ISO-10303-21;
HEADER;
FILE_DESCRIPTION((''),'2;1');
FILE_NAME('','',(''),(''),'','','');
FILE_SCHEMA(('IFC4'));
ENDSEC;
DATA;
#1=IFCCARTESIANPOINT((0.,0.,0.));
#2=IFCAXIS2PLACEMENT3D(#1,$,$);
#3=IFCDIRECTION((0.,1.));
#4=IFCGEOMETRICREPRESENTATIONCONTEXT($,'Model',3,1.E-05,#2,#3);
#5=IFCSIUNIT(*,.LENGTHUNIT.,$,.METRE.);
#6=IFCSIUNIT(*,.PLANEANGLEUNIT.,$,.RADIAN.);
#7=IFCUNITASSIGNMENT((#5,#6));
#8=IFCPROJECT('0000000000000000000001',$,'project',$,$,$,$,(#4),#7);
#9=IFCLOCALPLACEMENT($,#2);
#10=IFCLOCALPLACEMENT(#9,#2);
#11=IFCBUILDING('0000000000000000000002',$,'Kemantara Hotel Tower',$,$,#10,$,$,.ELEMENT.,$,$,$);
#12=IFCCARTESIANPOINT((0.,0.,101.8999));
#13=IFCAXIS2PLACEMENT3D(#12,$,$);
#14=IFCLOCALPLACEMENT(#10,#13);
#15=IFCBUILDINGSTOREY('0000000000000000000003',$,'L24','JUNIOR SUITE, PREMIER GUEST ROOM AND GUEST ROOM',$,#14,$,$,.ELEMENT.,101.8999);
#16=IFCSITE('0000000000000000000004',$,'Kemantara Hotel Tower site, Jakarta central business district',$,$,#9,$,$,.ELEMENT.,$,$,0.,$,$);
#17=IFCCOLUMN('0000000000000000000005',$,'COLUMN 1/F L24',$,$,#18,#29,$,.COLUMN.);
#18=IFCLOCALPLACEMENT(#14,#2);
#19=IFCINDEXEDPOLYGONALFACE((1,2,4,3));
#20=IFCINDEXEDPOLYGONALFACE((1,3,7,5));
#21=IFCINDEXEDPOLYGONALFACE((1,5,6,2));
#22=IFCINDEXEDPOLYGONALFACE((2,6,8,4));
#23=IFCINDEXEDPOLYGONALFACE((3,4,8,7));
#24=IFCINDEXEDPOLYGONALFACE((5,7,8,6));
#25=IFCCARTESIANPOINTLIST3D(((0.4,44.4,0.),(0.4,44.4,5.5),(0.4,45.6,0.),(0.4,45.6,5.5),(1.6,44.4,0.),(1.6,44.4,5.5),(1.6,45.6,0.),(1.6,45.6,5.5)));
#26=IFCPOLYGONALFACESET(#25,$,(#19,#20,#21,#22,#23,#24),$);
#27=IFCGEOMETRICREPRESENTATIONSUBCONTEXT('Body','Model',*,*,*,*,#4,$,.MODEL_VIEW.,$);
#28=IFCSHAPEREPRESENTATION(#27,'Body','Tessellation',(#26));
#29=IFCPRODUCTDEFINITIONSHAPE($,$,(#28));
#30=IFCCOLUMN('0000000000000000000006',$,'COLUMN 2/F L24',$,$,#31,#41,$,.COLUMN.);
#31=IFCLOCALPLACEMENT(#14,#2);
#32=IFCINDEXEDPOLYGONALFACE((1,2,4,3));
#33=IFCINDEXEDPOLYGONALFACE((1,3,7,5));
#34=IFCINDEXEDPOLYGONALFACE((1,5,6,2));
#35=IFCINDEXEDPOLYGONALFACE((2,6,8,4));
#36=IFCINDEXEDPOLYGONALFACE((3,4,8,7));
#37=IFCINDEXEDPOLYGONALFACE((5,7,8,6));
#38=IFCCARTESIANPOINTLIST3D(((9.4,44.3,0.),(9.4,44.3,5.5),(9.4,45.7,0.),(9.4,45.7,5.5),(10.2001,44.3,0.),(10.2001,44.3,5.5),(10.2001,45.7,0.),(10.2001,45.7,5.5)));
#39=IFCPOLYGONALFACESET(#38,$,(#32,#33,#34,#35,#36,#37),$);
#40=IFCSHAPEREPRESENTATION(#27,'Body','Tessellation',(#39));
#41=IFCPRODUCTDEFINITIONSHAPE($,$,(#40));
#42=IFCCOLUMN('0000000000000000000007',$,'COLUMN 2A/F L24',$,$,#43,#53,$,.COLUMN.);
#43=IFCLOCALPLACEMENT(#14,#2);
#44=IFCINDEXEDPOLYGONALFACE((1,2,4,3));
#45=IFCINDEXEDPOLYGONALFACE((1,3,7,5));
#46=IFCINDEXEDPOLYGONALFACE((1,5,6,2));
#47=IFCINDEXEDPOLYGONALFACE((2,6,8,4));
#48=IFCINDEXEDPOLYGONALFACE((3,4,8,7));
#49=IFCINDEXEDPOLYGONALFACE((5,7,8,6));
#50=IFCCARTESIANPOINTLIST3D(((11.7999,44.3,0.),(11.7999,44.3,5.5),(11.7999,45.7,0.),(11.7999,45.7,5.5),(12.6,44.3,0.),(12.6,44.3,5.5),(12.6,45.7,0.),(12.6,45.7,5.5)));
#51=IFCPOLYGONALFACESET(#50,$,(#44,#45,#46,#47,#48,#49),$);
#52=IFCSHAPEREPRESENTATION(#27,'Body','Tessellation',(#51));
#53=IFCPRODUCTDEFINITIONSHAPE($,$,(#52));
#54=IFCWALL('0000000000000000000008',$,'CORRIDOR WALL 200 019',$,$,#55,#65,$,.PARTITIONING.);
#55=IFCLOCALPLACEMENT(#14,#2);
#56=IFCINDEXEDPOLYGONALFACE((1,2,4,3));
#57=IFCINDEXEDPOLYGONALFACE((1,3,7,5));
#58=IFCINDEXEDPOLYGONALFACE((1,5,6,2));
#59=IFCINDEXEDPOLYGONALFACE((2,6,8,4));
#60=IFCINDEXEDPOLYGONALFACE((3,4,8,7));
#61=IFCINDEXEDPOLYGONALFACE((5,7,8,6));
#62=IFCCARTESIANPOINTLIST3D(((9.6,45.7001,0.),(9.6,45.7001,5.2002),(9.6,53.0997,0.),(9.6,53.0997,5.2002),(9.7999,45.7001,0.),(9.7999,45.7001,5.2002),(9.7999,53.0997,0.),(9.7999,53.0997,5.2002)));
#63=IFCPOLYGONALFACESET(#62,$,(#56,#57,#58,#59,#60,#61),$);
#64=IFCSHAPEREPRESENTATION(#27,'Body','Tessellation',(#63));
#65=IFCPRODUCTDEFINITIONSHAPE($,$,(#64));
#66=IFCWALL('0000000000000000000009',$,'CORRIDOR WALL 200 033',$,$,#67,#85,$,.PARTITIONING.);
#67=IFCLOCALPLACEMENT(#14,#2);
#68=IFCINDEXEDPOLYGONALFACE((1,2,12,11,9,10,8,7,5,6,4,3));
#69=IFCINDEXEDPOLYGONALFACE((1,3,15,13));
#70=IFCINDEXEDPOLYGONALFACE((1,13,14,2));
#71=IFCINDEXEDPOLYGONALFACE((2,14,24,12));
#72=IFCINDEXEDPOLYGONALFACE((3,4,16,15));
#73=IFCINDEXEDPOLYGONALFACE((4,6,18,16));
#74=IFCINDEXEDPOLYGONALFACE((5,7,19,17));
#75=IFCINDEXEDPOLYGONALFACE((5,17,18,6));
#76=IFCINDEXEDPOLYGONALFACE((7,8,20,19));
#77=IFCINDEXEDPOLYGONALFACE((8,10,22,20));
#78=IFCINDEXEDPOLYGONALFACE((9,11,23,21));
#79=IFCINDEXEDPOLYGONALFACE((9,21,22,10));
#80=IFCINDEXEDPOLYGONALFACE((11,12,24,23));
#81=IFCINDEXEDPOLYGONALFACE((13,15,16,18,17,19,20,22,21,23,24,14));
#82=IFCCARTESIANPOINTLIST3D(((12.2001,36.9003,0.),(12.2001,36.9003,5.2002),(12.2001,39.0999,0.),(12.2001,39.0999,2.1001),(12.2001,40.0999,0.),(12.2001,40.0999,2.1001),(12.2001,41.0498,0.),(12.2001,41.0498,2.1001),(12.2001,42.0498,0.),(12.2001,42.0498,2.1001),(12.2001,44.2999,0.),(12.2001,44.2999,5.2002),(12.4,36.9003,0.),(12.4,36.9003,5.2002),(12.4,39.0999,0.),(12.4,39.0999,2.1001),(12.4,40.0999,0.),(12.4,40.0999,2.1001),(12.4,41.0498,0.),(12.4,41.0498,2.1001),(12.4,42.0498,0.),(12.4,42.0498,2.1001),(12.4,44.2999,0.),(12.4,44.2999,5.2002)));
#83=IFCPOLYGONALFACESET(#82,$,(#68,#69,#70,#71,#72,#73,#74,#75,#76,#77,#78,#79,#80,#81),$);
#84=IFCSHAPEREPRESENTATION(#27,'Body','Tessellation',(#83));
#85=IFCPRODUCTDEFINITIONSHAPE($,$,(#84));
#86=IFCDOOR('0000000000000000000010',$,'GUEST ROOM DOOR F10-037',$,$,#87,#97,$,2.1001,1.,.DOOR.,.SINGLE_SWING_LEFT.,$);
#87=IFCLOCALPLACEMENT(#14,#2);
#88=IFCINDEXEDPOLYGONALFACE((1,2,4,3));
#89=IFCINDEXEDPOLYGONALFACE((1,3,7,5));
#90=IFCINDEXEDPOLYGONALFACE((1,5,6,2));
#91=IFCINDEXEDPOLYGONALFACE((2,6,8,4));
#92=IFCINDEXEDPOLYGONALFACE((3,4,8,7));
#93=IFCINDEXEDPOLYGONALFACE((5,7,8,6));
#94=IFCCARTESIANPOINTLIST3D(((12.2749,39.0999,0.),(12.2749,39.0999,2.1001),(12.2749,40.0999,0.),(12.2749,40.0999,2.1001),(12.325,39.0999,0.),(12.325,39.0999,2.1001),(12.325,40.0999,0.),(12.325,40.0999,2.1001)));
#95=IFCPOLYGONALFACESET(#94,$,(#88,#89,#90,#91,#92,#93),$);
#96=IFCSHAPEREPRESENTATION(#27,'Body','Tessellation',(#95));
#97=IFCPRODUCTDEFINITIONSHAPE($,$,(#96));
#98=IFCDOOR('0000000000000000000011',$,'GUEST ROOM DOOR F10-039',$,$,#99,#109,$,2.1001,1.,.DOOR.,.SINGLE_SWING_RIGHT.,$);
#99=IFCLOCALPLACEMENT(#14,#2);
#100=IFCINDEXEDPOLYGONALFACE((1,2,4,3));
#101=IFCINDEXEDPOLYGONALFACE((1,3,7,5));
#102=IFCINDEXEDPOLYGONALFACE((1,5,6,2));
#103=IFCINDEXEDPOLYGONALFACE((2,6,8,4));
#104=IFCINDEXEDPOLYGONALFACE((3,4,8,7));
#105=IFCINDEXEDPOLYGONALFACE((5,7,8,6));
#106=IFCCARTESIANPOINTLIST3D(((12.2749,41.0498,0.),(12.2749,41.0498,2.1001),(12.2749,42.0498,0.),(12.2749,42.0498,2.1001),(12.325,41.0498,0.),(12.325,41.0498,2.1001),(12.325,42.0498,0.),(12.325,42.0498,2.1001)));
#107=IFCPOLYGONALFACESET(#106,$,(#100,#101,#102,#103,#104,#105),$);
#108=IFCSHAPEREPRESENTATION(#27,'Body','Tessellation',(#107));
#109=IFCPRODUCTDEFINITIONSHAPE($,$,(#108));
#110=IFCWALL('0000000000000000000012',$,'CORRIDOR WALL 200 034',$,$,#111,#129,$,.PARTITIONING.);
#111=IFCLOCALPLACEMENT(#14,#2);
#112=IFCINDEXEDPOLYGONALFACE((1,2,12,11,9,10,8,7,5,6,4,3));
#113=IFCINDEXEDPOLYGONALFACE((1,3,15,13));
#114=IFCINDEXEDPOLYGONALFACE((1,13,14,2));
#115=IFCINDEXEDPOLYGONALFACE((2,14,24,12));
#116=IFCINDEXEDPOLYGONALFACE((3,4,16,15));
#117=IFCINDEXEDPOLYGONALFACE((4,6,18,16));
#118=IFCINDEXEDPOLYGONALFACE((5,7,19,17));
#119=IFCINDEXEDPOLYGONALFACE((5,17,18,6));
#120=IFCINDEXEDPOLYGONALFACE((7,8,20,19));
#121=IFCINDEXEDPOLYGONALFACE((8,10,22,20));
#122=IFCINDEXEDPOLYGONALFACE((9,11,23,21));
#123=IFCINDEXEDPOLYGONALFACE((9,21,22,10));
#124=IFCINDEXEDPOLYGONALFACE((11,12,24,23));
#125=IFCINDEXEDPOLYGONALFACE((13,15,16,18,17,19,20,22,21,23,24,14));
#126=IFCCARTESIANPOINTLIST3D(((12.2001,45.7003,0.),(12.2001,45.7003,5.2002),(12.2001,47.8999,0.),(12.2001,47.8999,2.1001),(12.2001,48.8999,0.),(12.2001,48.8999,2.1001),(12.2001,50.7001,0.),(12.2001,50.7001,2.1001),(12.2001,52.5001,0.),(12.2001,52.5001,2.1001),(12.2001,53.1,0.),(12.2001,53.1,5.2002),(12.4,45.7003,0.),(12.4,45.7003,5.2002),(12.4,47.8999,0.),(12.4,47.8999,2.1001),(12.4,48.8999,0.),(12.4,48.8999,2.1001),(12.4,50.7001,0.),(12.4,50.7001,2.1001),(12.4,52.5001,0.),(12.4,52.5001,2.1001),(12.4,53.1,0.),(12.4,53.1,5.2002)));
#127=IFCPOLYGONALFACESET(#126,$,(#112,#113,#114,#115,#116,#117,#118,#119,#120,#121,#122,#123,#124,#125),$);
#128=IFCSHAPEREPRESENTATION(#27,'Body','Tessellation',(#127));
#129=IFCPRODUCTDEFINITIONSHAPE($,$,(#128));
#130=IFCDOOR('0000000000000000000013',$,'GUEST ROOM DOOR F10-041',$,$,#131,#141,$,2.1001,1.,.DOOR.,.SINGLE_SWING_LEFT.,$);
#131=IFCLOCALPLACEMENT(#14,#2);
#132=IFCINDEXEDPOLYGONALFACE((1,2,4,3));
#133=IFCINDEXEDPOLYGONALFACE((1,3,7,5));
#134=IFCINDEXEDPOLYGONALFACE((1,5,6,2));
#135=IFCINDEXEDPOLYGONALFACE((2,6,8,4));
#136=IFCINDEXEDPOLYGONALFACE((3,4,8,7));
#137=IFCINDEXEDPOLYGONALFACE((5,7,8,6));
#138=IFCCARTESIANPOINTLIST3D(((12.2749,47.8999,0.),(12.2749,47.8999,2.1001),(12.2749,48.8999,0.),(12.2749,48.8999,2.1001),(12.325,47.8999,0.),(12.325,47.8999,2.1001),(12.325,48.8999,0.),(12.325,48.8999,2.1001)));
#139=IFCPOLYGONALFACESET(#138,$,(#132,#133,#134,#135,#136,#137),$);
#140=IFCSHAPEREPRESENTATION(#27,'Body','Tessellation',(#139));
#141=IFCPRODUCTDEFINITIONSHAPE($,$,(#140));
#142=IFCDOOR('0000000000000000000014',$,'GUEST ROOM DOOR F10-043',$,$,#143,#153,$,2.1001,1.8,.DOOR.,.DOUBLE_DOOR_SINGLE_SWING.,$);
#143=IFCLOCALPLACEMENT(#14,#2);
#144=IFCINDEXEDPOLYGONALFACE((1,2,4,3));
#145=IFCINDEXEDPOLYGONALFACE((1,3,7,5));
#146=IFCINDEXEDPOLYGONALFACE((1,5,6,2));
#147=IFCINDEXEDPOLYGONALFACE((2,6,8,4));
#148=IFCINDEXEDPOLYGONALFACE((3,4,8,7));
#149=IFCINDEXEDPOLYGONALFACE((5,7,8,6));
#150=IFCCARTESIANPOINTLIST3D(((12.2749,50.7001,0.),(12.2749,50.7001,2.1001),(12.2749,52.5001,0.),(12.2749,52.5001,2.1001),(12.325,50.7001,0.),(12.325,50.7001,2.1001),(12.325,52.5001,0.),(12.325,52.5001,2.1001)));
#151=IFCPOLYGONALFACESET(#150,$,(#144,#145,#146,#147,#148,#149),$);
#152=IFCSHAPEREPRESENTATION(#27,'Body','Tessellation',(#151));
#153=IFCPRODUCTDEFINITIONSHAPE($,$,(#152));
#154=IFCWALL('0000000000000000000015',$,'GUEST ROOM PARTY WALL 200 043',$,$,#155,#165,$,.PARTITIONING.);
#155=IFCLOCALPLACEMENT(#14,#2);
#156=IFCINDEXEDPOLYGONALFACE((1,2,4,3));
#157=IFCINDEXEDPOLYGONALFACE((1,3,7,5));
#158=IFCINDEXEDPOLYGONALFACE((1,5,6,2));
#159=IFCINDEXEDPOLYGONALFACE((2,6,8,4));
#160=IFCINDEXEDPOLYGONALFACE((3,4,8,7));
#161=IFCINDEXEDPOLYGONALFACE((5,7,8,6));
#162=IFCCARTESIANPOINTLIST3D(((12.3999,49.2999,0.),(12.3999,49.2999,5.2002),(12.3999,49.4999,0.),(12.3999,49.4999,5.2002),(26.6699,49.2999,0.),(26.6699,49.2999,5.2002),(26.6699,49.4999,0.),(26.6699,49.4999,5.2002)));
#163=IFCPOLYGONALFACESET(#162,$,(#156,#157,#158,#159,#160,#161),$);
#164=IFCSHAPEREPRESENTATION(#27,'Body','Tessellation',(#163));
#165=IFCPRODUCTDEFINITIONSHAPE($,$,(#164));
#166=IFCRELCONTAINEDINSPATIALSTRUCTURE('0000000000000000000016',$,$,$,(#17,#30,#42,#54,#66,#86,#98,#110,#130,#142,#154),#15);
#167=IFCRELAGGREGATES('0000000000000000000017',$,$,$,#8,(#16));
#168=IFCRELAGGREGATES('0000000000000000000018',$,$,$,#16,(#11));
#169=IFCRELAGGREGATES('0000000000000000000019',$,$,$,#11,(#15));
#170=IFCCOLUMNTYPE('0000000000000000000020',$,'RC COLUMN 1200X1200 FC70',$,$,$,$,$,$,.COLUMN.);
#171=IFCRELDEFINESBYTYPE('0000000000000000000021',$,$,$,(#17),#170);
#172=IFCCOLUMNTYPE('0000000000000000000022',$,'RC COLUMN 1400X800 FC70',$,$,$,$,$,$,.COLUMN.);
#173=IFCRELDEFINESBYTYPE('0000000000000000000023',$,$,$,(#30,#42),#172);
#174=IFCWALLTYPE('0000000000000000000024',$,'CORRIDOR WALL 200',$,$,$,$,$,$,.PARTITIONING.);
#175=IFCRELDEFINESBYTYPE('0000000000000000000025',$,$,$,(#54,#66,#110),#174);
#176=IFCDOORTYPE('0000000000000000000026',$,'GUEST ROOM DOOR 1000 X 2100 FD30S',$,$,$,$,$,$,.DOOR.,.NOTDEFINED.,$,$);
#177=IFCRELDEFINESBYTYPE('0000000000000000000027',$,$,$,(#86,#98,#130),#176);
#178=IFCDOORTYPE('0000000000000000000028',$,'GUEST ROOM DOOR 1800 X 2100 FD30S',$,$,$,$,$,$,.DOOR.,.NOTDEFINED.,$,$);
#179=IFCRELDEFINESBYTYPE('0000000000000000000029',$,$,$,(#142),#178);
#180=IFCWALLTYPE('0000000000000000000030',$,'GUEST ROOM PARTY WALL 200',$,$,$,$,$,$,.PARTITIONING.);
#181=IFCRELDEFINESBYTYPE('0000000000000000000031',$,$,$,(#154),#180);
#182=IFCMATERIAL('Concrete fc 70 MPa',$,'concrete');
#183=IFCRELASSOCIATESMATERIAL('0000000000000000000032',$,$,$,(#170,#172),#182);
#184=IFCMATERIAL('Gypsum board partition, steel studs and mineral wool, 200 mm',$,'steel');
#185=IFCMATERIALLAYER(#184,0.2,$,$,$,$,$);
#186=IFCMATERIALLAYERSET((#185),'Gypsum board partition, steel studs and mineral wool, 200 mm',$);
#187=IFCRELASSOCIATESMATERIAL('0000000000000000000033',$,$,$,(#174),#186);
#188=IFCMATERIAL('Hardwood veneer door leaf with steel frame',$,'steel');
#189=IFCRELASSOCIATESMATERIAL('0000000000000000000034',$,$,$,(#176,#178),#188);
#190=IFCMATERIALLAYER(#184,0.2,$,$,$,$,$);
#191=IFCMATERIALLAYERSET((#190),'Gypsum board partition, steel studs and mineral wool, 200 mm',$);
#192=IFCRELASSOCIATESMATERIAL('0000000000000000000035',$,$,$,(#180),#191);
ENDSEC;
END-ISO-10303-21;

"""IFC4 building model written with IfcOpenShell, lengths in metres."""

from ifc_helpers import new_model, si_unit, direction, frame, frame_2d, origin, origin_2d, place, context, subcontext, project, spatial, rectangle, extrude, material, layer, layer_set, material_profile, profile_set, type_object, element, fill, save


model = new_model("IFC4")

# Units and contexts
model_context = context("Model", 3, precision=1e-05, world=origin(), true_north=direction((0.0, 1.0)))
body_context = subcontext(model_context, "Body", "Model", "MODEL_VIEW")
ifc_project = project(units=[si_unit("LENGTHUNIT", "METRE"), si_unit("PLANEANGLEUNIT", "RADIAN")], contexts=[model_context])

# Site, building, storey
site_placement = place(None, origin())
site = spatial("IfcSite", under=ifc_project, at=site_placement, Name="Kemantara Hotel Tower site, Jakarta central business district", CompositionType="ELEMENT", RefElevation=0.0)
building_placement = place(site_placement, origin())
building = spatial("IfcBuilding", under=site, at=building_placement, Name="Kemantara Hotel Tower", CompositionType="ELEMENT")
storey_placement = place(building_placement, frame((0.0, 0.0, 101.8999)))
storey = spatial("IfcBuildingStorey", under=building, at=storey_placement, Name="L24", Description="JUNIOR SUITE, PREMIER GUEST ROOM AND GUEST ROOM", CompositionType="ELEMENT", Elevation=101.8999)

# Columns
ifc_material_1 = material(Name="Concrete fc 70 MPa", Category="concrete")
ifc_material_profile_1 = material_profile(ifc_material_1, rectangle(XDim=1.2, YDim=1.2, at=origin_2d()), Name="RC 1200X1200")
ifc_profile_set_1 = profile_set([ifc_material_profile_1], Name="Concrete fc 70 MPa")
column_type_1 = type_object("IfcColumnType", Name="RC COLUMN 1200X1200 FC70", PredefinedType="COLUMN", material=ifc_profile_set_1)
column_placement = place(storey_placement, frame((1.0, 45.0, 0.0), z_axis=(0.0, 0.0, 1.0), x_axis=(1.0, 0.0, 0.0)))
element("IfcColumn", 1, at=column_placement, inside=storey, type_object=column_type_1, Name="COLUMN 1/F L24", PredefinedType="COLUMN", context=body_context, shape_type="SweptSolid", body=[
    extrude(rectangle(XDim=1.2, YDim=1.2, at=origin_2d()), origin(), (0.0, 0.0, 1.0), 5.5),
])
ifc_material_profile_2 = material_profile(ifc_material_1, rectangle(XDim=1.3999, YDim=0.8, at=origin_2d()), Name="RC 1400X800")
ifc_profile_set_2 = profile_set([ifc_material_profile_2], Name="Concrete fc 70 MPa")
column_type_2 = type_object("IfcColumnType", Name="RC COLUMN 1400X800 FC70", PredefinedType="COLUMN", material=ifc_profile_set_2)
for number, where, z_axis, x_axis, name in (
    (2, (9.8, 45.0, 0.0), (0.0, 0.0, 1.0), (0.0, 1.0, 0.0), "COLUMN 2/F L24"),
    (3, (12.2, 45.0, 0.0), (0.0, 0.0, 1.0), (0.0, 1.0, 0.0), "COLUMN 2A/F L24"),
):
    element("IfcColumn", number, at=place(storey_placement, frame(where, z_axis=z_axis, x_axis=x_axis)), inside=storey, type_object=column_type_2, Name=name, PredefinedType="COLUMN", context=body_context, shape_type="SweptSolid", body=[
        extrude(rectangle(XDim=1.3999, YDim=0.8, at=origin_2d()), origin(), (0.0, 0.0, 1.0), 5.5),
    ])

# Wall
ifc_material_2 = material(Name="Gypsum board partition, steel studs and mineral wool, 200 mm", Category="steel")
ifc_layer_1 = layer(ifc_material_2, 0.2)
ifc_layer_set_1 = layer_set([ifc_layer_1], Name="Gypsum board partition, steel studs and mineral wool, 200 mm")
wall_type_1 = type_object("IfcWallType", Name="CORRIDOR WALL 200", PredefinedType="PARTITIONING", material=ifc_layer_set_1)
wall_1_placement = place(storey_placement, frame((9.7, 45.7002, 0.0), z_axis=(0.0, 0.0, 1.0), x_axis=(0.0, 1.0, 0.0)))
element("IfcWall", 4, at=wall_1_placement, inside=storey, type_object=wall_type_1, Name="CORRIDOR WALL 200 019", PredefinedType="PARTITIONING", context=body_context, shape_type="SweptSolid", body=[
    extrude(rectangle(XDim=7.3997, YDim=0.2, at=frame_2d((3.6997, 0.0))), origin(), (0.0, 0.0, 1.0), 5.2002),
])

# Walls, openings, doors
wall_2_placement = place(storey_placement, frame((12.3, 44.2998, 0.0), z_axis=(0.0, 0.0, 1.0), x_axis=(0.0, -1.0, 0.0)))
wall_2 = element("IfcWall", 5, at=wall_2_placement, inside=storey, type_object=wall_type_1, Name="CORRIDOR WALL 200 033", PredefinedType="PARTITIONING", context=body_context, shape_type="SweptSolid", body=[
    extrude(rectangle(XDim=7.3997, YDim=0.2, at=frame_2d((3.6997, 0.0))), origin(), (0.0, 0.0, 1.0), 5.2002),
])
opening_1_placement = place(wall_2_placement, frame((4.2, 0.0, 0.0)))
opening_1 = element("IfcOpeningElement", 6, at=opening_1_placement, cuts=wall_2, PredefinedType="OPENING", context=body_context, shape_type="SweptSolid", body=[
    extrude(rectangle(XDim=1.0, YDim=2.1001, at=frame_2d((0.5, 1.05))), frame((0.0, 0.1099, 0.0), z_axis=(0.0, -1.0, 0.0), x_axis=(1.0, 0.0, 0.0)), (0.0, 0.0, 1.0), 0.22),
])
opening_2_placement = place(wall_2_placement, frame((2.25, 0.0, 0.0)))
opening_2 = element("IfcOpeningElement", 7, at=opening_2_placement, cuts=wall_2, PredefinedType="OPENING", context=body_context, shape_type="SweptSolid", body=[
    extrude(rectangle(XDim=1.0, YDim=2.1001, at=frame_2d((0.5, 1.05))), frame((0.0, 0.1099, 0.0), z_axis=(0.0, -1.0, 0.0), x_axis=(1.0, 0.0, 0.0)), (0.0, 0.0, 1.0), 0.22),
])
ifc_material_3 = material(Name="Hardwood veneer door leaf with steel frame", Category="steel")
door_type_1 = type_object("IfcDoorType", Name="GUEST ROOM DOOR 1000 X 2100 FD30S", OperationType="NOTDEFINED", PredefinedType="DOOR", material=ifc_material_3)
door_1_placement = place(opening_1_placement, origin())
door_1 = element("IfcDoor", 8, at=door_1_placement, inside=storey, type_object=door_type_1, Name="GUEST ROOM DOOR F10-037", OperationType="SINGLE_SWING_LEFT", OverallHeight=2.1001, OverallWidth=1.0, PredefinedType="DOOR", context=body_context, shape_type="SweptSolid", body=[
    extrude(rectangle(XDim=1.0, YDim=2.1001, at=frame_2d((0.5, 1.05))), frame((0.0, 0.0249, 0.0), z_axis=(0.0, -1.0, 0.0), x_axis=(1.0, 0.0, 0.0)), (0.0, 0.0, 1.0), 0.05),
])
fill(opening_1, door_1)
door_2_placement = place(opening_2_placement, origin())
door_2 = element("IfcDoor", 9, at=door_2_placement, inside=storey, type_object=door_type_1, Name="GUEST ROOM DOOR F10-039", OperationType="SINGLE_SWING_RIGHT", OverallHeight=2.1001, OverallWidth=1.0, PredefinedType="DOOR", context=body_context, shape_type="SweptSolid", body=[
    extrude(rectangle(XDim=1.0, YDim=2.1001, at=frame_2d((0.5, 1.05))), frame((0.0, 0.0249, 0.0), z_axis=(0.0, -1.0, 0.0), x_axis=(1.0, 0.0, 0.0)), (0.0, 0.0, 1.0), 0.05),
])
fill(opening_2, door_2)
wall_3_placement = place(storey_placement, frame((12.3, 53.0999, 0.0), z_axis=(0.0, 0.0, 1.0), x_axis=(0.0, -1.0, 0.0)))
wall_3 = element("IfcWall", 10, at=wall_3_placement, inside=storey, type_object=wall_type_1, Name="CORRIDOR WALL 200 034", PredefinedType="PARTITIONING", context=body_context, shape_type="SweptSolid", body=[
    extrude(rectangle(XDim=7.3997, YDim=0.2, at=frame_2d((3.6997, 0.0))), origin(), (0.0, 0.0, 1.0), 5.2002),
])
opening_3_placement = place(wall_3_placement, frame((4.2, 0.0, 0.0)))
opening_3 = element("IfcOpeningElement", 11, at=opening_3_placement, cuts=wall_3, PredefinedType="OPENING", context=body_context, shape_type="SweptSolid", body=[
    extrude(rectangle(XDim=1.0, YDim=2.1001, at=frame_2d((0.5, 1.05))), frame((0.0, 0.1099, 0.0), z_axis=(0.0, -1.0, 0.0), x_axis=(1.0, 0.0, 0.0)), (0.0, 0.0, 1.0), 0.22),
])
opening_4_placement = place(wall_3_placement, frame((0.5999, 0.0, 0.0)))
opening_4 = element("IfcOpeningElement", 12, at=opening_4_placement, cuts=wall_3, PredefinedType="OPENING", context=body_context, shape_type="SweptSolid", body=[
    extrude(rectangle(XDim=1.8, YDim=2.1001, at=frame_2d((0.8999, 1.05))), frame((0.0, 0.1099, 0.0), z_axis=(0.0, -1.0, 0.0), x_axis=(1.0, 0.0, 0.0)), (0.0, 0.0, 1.0), 0.22),
])
door_3_placement = place(opening_3_placement, origin())
door_3 = element("IfcDoor", 13, at=door_3_placement, inside=storey, type_object=door_type_1, Name="GUEST ROOM DOOR F10-041", OperationType="SINGLE_SWING_LEFT", OverallHeight=2.1001, OverallWidth=1.0, PredefinedType="DOOR", context=body_context, shape_type="SweptSolid", body=[
    extrude(rectangle(XDim=1.0, YDim=2.1001, at=frame_2d((0.5, 1.05))), frame((0.0, 0.0249, 0.0), z_axis=(0.0, -1.0, 0.0), x_axis=(1.0, 0.0, 0.0)), (0.0, 0.0, 1.0), 0.05),
])
fill(opening_3, door_3)
door_type_2 = type_object("IfcDoorType", Name="GUEST ROOM DOOR 1800 X 2100 FD30S", OperationType="NOTDEFINED", PredefinedType="DOOR", material=ifc_material_3)
door_4_placement = place(opening_4_placement, origin())
door_4 = element("IfcDoor", 14, at=door_4_placement, inside=storey, type_object=door_type_2, Name="GUEST ROOM DOOR F10-043", OperationType="DOUBLE_DOOR_SINGLE_SWING", OverallHeight=2.1001, OverallWidth=1.8, PredefinedType="DOOR", context=body_context, shape_type="SweptSolid", body=[
    extrude(rectangle(XDim=1.8, YDim=2.1001, at=frame_2d((0.8999, 1.05))), frame((0.0, 0.0249, 0.0), z_axis=(0.0, -1.0, 0.0), x_axis=(1.0, 0.0, 0.0)), (0.0, 0.0, 1.0), 0.05),
])
fill(opening_4, door_4)

# Wall
ifc_layer_2 = layer(ifc_material_2, 0.2)
ifc_layer_set_2 = layer_set([ifc_layer_2], Name="Gypsum board partition, steel studs and mineral wool, 200 mm")
wall_type_2 = type_object("IfcWallType", Name="GUEST ROOM PARTY WALL 200", PredefinedType="PARTITIONING", material=ifc_layer_set_2)
wall_4_placement = place(storey_placement, frame((12.3999, 49.3999, 0.0), z_axis=(0.0, 0.0, 1.0), x_axis=(1.0, 0.0, 0.0)))
element("IfcWall", 15, at=wall_4_placement, inside=storey, type_object=wall_type_2, Name="GUEST ROOM PARTY WALL 200 043", PredefinedType="PARTITIONING", context=body_context, shape_type="SweptSolid", body=[
    extrude(rectangle(XDim=14.27, YDim=0.2, at=frame_2d((7.135, 0.0))), origin(), (0.0, 0.0, 1.0), 5.2002),
])

save(model, "model.ifc")
